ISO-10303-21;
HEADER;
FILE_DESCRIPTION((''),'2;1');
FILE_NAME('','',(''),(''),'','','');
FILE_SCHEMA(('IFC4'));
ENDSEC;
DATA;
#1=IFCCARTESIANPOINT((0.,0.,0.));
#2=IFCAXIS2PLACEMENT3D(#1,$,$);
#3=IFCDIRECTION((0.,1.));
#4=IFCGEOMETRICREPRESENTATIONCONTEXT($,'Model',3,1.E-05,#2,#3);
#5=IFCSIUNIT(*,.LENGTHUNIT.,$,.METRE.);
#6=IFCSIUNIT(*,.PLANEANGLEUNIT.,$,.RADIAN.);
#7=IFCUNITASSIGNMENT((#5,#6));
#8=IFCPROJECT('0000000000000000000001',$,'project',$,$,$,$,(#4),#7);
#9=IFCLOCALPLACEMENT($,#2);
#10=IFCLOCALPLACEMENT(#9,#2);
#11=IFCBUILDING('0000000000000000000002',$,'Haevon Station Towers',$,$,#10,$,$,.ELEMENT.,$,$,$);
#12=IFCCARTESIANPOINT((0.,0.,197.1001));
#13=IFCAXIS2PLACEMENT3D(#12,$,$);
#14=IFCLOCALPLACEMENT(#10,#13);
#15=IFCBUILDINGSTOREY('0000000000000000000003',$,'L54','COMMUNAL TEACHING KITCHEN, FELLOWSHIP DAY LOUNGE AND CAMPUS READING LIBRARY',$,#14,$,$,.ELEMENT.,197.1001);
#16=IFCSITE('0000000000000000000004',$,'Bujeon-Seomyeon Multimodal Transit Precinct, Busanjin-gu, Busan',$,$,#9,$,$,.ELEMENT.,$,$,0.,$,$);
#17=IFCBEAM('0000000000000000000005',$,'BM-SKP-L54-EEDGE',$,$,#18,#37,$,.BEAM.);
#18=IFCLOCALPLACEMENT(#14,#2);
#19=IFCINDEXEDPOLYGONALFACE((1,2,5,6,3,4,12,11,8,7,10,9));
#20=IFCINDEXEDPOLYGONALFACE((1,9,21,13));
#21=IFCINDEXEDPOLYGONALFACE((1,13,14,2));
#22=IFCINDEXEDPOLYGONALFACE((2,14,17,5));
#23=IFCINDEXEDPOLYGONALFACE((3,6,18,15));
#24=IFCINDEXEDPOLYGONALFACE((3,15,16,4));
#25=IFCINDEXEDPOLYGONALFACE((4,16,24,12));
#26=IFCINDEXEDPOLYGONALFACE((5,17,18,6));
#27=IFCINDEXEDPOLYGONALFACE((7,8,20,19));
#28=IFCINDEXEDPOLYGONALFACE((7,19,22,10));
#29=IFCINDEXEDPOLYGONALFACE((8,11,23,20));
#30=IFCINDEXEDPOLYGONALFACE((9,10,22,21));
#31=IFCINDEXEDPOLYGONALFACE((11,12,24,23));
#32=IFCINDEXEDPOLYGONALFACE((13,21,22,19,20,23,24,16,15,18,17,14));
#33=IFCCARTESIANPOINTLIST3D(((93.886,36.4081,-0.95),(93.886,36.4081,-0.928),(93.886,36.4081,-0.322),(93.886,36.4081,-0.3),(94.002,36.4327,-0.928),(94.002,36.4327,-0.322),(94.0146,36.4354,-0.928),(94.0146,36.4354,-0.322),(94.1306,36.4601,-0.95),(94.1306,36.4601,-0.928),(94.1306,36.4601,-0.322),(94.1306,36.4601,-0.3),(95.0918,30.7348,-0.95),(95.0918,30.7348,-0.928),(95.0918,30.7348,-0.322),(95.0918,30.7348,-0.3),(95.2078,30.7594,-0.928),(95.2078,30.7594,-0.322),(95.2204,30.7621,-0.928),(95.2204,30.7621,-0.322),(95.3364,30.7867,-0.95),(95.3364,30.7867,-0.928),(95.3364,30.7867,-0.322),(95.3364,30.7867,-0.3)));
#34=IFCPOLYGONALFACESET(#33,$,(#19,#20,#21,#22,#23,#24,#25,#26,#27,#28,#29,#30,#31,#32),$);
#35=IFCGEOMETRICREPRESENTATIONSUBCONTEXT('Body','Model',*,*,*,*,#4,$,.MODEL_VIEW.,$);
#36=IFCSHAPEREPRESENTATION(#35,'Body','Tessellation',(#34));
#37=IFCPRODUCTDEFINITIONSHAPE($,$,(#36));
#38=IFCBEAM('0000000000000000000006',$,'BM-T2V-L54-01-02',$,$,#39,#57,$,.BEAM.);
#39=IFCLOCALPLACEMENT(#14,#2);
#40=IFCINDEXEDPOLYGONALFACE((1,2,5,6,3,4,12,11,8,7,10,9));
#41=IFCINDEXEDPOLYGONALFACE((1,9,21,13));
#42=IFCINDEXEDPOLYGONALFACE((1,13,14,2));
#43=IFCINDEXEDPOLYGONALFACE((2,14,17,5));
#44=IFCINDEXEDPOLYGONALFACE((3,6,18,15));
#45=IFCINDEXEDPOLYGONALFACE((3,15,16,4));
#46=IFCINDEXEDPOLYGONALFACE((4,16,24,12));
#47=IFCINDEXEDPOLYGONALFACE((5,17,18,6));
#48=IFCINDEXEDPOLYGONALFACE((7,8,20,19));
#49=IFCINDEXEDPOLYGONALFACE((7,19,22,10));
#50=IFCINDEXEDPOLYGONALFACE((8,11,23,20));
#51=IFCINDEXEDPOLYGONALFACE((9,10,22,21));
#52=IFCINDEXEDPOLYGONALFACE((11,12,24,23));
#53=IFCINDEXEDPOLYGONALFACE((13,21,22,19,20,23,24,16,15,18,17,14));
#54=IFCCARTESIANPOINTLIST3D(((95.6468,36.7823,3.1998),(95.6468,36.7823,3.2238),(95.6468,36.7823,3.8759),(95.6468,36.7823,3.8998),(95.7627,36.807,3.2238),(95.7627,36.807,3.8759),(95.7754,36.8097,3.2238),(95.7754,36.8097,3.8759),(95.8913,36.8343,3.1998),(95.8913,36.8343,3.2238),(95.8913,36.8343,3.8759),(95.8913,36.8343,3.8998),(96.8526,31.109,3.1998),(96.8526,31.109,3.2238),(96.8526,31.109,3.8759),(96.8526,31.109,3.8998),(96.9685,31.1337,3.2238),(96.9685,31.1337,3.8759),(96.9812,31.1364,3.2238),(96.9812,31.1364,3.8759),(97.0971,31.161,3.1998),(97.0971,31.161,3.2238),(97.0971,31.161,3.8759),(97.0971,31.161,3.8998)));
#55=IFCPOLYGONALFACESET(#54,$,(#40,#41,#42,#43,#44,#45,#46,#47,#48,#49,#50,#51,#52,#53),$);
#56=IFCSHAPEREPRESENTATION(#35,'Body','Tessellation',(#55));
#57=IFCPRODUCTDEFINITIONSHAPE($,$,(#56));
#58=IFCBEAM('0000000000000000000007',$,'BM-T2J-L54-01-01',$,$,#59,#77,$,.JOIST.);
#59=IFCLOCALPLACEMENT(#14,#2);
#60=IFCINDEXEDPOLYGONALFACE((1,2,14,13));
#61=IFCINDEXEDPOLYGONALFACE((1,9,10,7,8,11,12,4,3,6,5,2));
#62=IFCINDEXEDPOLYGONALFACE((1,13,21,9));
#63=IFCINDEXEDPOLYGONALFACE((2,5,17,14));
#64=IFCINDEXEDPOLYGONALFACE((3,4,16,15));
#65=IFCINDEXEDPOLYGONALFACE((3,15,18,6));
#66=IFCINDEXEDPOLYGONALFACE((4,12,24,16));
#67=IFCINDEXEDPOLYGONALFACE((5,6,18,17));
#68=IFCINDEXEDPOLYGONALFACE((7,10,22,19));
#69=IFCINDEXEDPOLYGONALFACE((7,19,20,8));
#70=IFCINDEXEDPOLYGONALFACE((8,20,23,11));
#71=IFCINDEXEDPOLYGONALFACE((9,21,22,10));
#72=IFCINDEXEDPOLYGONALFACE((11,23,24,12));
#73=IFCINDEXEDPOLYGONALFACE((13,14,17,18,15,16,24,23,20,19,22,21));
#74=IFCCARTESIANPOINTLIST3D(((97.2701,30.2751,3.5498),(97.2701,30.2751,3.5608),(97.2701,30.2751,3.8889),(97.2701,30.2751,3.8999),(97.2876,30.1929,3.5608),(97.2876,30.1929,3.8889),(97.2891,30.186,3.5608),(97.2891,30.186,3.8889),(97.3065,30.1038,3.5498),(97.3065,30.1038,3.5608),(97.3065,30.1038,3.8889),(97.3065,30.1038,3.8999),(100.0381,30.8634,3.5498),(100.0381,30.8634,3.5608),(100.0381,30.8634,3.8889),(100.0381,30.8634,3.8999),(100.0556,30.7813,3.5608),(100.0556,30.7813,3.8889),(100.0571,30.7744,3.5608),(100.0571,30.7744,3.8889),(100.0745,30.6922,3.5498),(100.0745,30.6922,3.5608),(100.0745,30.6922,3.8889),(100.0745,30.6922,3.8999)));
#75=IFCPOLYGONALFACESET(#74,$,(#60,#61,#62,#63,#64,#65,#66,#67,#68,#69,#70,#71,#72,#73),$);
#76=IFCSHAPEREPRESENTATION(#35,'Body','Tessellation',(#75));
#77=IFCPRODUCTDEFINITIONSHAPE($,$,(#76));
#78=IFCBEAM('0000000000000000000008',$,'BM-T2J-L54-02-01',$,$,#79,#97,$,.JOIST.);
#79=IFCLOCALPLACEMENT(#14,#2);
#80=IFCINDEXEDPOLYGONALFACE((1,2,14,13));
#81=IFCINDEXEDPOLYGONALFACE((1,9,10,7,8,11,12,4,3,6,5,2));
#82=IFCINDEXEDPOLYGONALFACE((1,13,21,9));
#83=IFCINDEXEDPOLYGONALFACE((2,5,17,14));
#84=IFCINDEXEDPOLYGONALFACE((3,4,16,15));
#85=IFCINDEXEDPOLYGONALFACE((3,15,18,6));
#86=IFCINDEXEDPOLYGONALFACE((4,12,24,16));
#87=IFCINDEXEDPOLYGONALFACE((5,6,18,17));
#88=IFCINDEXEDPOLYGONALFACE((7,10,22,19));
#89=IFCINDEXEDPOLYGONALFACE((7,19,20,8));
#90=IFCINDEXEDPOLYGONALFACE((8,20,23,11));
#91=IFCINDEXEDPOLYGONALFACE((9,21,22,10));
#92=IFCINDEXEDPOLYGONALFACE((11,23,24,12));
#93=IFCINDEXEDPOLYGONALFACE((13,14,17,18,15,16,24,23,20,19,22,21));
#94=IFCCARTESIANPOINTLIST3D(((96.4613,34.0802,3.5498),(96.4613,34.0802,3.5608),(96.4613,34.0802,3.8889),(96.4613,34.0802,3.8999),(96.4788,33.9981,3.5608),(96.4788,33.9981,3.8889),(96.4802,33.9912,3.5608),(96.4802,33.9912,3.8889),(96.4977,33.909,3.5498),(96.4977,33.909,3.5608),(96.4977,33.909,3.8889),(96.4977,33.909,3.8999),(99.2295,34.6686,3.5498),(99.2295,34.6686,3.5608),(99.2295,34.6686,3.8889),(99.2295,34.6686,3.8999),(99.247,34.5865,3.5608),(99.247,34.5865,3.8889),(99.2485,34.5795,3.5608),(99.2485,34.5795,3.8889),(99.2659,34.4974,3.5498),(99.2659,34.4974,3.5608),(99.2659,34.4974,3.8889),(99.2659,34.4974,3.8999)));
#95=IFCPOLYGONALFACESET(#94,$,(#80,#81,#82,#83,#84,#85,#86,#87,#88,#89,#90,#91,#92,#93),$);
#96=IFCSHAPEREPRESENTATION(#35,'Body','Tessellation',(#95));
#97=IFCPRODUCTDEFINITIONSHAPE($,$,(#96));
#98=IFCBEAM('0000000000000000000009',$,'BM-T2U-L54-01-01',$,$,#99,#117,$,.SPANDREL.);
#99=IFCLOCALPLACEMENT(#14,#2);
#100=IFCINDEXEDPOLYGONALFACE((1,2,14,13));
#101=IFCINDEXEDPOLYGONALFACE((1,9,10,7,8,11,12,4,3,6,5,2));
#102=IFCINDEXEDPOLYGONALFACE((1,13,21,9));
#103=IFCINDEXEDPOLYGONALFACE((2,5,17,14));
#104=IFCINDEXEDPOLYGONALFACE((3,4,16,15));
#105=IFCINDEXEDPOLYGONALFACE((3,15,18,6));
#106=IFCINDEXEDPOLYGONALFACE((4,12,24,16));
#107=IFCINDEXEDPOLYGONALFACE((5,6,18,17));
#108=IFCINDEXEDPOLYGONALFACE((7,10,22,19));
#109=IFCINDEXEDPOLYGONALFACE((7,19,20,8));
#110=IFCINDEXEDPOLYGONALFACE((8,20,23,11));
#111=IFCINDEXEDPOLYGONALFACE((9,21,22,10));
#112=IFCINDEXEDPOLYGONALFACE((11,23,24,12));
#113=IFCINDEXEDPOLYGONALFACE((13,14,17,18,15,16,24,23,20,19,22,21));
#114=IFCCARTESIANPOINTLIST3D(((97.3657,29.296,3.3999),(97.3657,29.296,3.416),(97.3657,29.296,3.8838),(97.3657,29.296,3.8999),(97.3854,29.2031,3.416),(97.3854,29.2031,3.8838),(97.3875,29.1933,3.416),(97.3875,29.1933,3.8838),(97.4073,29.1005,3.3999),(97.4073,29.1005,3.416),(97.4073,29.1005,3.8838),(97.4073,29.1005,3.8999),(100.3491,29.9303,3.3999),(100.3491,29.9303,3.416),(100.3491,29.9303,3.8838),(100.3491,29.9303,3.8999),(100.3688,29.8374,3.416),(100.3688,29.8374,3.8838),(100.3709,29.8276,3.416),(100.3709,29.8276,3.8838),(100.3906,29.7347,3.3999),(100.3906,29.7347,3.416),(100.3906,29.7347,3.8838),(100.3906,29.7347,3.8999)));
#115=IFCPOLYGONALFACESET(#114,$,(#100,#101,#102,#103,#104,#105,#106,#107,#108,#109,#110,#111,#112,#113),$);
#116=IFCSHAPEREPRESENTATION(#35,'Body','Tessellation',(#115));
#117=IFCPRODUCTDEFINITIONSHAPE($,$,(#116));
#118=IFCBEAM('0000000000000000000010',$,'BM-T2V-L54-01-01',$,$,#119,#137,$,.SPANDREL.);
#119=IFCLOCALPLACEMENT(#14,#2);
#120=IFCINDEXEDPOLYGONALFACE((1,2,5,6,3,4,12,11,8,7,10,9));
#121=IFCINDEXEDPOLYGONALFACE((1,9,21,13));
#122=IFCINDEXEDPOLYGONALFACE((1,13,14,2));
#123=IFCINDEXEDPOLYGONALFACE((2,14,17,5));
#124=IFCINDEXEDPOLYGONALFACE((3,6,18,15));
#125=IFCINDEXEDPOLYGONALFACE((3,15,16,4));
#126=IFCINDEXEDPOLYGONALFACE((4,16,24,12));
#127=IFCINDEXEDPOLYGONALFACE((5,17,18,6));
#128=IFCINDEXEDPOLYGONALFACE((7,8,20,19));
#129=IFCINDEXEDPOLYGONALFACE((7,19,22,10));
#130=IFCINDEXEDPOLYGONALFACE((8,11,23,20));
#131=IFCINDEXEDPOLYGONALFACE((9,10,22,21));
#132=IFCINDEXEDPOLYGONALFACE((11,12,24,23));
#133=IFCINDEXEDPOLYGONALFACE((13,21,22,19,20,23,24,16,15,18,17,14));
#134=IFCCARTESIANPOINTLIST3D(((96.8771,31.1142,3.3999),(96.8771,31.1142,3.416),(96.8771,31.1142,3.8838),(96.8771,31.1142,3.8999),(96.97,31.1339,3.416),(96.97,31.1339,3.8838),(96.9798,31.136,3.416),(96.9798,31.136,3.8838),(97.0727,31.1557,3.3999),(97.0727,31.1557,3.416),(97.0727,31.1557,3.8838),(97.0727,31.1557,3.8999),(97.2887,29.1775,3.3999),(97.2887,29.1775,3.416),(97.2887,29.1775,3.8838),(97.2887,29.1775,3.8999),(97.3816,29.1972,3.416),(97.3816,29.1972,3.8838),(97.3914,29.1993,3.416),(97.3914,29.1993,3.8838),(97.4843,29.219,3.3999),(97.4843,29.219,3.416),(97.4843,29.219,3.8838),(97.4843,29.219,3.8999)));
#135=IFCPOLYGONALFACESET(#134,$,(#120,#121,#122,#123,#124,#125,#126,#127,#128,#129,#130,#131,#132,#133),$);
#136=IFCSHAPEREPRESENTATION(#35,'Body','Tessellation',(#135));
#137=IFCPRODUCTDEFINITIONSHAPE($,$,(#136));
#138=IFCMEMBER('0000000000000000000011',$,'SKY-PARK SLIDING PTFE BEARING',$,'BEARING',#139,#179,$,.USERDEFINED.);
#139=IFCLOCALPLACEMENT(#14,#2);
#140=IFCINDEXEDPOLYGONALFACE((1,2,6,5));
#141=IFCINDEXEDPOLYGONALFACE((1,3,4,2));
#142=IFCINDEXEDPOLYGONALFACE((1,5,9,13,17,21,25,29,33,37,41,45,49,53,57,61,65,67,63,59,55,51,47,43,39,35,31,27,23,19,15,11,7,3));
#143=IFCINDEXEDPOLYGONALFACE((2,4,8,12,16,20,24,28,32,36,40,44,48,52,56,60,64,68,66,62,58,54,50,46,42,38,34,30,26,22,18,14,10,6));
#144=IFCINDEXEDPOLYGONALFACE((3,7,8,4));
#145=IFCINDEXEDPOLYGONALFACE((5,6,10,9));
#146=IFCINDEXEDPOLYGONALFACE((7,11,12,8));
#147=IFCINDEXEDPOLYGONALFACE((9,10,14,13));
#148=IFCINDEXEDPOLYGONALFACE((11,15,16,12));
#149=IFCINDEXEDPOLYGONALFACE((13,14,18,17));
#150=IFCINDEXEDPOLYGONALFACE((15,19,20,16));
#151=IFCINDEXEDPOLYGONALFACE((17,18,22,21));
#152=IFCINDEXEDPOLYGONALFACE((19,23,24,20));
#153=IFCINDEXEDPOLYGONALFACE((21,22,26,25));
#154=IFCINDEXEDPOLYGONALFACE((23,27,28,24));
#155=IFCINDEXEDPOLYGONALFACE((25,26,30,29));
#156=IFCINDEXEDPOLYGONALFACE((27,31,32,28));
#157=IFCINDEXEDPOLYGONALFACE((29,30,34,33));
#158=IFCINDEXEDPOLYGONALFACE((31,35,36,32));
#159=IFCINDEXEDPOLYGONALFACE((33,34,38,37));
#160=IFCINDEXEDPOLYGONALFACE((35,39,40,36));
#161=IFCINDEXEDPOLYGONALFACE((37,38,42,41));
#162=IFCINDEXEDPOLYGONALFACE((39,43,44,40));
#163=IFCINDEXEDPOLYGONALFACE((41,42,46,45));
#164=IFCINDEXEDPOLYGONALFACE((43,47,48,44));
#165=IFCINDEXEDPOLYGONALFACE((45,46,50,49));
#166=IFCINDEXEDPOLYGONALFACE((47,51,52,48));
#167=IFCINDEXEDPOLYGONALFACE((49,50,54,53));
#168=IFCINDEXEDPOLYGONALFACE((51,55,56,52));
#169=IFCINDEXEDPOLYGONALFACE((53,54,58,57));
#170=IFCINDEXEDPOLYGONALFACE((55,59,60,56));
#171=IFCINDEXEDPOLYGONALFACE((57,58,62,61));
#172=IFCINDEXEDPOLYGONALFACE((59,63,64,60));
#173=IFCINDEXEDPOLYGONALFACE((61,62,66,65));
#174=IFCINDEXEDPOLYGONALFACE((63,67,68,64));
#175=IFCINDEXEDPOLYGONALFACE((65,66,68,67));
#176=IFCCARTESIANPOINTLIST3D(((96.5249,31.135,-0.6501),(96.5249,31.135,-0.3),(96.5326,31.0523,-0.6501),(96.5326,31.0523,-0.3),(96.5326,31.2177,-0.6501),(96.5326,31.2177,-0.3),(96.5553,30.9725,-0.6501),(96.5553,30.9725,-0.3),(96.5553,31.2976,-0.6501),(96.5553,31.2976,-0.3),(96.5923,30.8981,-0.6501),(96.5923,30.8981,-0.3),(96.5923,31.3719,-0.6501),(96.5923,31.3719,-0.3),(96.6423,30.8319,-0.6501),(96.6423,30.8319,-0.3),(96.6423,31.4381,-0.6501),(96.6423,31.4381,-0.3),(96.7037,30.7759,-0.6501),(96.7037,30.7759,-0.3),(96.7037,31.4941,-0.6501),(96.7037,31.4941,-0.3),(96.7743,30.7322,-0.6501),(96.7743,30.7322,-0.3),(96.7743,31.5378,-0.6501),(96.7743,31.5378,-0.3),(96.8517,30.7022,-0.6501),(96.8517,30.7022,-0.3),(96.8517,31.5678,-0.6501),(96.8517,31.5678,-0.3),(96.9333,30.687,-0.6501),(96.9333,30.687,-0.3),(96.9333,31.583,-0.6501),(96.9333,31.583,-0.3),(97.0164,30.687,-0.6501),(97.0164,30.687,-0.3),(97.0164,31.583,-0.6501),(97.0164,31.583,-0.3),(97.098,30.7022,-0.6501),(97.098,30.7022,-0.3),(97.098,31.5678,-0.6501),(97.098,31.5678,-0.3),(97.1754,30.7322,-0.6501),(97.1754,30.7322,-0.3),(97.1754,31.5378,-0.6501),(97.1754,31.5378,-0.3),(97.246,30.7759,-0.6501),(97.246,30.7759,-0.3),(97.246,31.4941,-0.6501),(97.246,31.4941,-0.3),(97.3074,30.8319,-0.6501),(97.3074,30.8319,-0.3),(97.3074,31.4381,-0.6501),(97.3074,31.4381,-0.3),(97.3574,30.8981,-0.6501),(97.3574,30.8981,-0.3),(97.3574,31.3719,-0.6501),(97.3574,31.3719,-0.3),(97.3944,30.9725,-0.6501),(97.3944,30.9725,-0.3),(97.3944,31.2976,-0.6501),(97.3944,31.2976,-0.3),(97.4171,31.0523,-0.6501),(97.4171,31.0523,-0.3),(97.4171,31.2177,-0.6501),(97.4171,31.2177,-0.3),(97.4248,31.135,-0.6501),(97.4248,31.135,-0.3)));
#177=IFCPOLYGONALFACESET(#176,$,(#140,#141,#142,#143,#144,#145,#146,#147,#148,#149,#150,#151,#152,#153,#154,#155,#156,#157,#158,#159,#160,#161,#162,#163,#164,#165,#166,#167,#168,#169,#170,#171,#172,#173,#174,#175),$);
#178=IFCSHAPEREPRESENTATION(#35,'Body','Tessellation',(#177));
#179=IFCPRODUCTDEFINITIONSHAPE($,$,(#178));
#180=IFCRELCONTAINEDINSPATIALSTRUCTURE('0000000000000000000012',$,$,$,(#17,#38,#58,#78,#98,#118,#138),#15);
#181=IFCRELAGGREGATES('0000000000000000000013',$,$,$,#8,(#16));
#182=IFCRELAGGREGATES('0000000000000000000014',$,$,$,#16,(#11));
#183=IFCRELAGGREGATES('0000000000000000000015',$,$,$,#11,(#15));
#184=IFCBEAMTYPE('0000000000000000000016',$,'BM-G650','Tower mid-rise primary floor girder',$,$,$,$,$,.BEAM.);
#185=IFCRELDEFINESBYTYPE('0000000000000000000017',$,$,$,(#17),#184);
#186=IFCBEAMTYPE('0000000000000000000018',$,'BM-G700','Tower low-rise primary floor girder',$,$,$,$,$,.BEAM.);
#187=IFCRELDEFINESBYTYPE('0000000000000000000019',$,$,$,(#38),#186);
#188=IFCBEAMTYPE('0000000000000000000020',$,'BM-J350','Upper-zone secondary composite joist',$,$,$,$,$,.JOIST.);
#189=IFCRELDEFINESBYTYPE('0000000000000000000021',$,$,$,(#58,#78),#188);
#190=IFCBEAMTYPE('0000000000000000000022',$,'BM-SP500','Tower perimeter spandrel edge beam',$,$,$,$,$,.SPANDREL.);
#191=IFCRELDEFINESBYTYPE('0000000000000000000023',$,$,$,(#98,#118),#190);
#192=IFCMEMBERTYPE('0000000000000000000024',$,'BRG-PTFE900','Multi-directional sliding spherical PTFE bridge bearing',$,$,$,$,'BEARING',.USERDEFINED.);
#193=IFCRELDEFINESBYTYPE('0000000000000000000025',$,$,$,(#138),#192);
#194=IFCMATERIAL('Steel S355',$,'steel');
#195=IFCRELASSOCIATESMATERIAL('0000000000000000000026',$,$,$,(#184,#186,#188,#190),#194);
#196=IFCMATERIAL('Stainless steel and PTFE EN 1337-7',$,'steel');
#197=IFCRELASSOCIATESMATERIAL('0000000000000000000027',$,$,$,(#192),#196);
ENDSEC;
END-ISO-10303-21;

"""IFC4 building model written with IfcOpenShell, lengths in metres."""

from ifc_helpers import new_model, si_unit, direction, frame, origin, origin_2d, place, context, subcontext, project, spatial, circle, i_section, extrude, material, material_profile, profile_set, type_object, element, save


model = new_model("IFC4")

# Units and contexts
model_context = context("Model", 3, precision=1e-05, world=origin(), true_north=direction((0.0, 1.0)))
body_context = subcontext(model_context, "Body", "Model", "MODEL_VIEW")
ifc_project = project(units=[si_unit("LENGTHUNIT", "METRE"), si_unit("PLANEANGLEUNIT", "RADIAN")], contexts=[model_context])

# Site, building, storey
site_placement = place(None, origin())
site = spatial("IfcSite", under=ifc_project, at=site_placement, Name="Bujeon-Seomyeon Multimodal Transit Precinct, Busanjin-gu, Busan", CompositionType="ELEMENT", RefElevation=0.0)
building_placement = place(site_placement, origin())
building = spatial("IfcBuilding", under=site, at=building_placement, Name="Haevon Station Towers", CompositionType="ELEMENT")
storey_placement = place(building_placement, frame((0.0, 0.0, 197.1001)))
storey = spatial("IfcBuildingStorey", under=building, at=storey_placement, Name="L54", Description="COMMUNAL TEACHING KITCHEN, FELLOWSHIP DAY LOUNGE AND CAMPUS READING LIBRARY", CompositionType="ELEMENT", Elevation=197.1001)

# Shared definitions
ifc_material_1 = material(Name="Steel S355", Category="steel")

# Beams
ifc_material_profile_1 = material_profile(ifc_material_1, i_section(OverallWidth=0.25, OverallDepth=0.6499, WebThickness=0.0129, FlangeThickness=0.022, at=origin_2d()), Name="H-650x250x13x22")
ifc_profile_set_1 = profile_set([ifc_material_profile_1], Name="Steel S355")
beam_type_1 = type_object("IfcBeamType", Name="BM-G650", Description="Tower mid-rise primary floor girder", PredefinedType="BEAM", material=ifc_profile_set_1)
beam_1_placement = place(storey_placement, frame((95.2141, 30.7607, -0.625), z_axis=(-0.207896, 0.978151, 0.0), x_axis=(-0.978151, -0.207896, 0.0)))
element("IfcBeam", 1, at=beam_1_placement, inside=storey, type_object=beam_type_1, Name="BM-SKP-L54-EEDGE", PredefinedType="BEAM", context=body_context, shape_type="SweptSolid", body=[
    extrude(i_section(OverallWidth=0.25, OverallDepth=0.6499, WebThickness=0.0129, FlangeThickness=0.022, at=origin_2d()), origin(), (0.0, 0.0, 1.0), 5.8),
])
ifc_material_profile_2 = material_profile(ifc_material_1, i_section(OverallWidth=0.25, OverallDepth=0.7, WebThickness=0.0129, FlangeThickness=0.0239, at=origin_2d()), Name="H-700x250x13x24")
ifc_profile_set_2 = profile_set([ifc_material_profile_2], Name="Steel S355")
beam_type_2 = type_object("IfcBeamType", Name="BM-G700", Description="Tower low-rise primary floor girder", PredefinedType="BEAM", material=ifc_profile_set_2)
beam_2_placement = place(storey_placement, frame((96.9749, 31.135, 3.5498), z_axis=(-0.207896, 0.978151, 0.0), x_axis=(-0.978151, -0.207896, 0.0)))
element("IfcBeam", 2, at=beam_2_placement, inside=storey, type_object=beam_type_2, Name="BM-T2V-L54-01-02", PredefinedType="BEAM", context=body_context, shape_type="SweptSolid", body=[
    extrude(i_section(OverallWidth=0.25, OverallDepth=0.7, WebThickness=0.0129, FlangeThickness=0.0239, at=origin_2d()), origin(), (0.0, 0.0, 1.0), 5.8),
])
ifc_material_profile_3 = material_profile(ifc_material_1, i_section(OverallWidth=0.175, OverallDepth=0.3501, WebThickness=0.0071, FlangeThickness=0.011, at=origin_2d()), Name="H-350x175x7x11")
ifc_profile_set_3 = profile_set([ifc_material_profile_3], Name="Steel S355")
beam_type_3 = type_object("IfcBeamType", Name="BM-J350", Description="Upper-zone secondary composite joist", PredefinedType="JOIST", material=ifc_profile_set_3)
beam_3_placement = place(storey_placement, frame((97.2883, 30.1895, 3.7249), z_axis=(0.978147, 0.207914, 0.0), x_axis=(-0.207914, 0.978147, 0.0)))
element("IfcBeam", 3, at=beam_3_placement, inside=storey, type_object=beam_type_3, Name="BM-T2J-L54-01-01", PredefinedType="JOIST", context=body_context, shape_type="SweptSolid", body=[
    extrude(i_section(OverallWidth=0.175, OverallDepth=0.3501, WebThickness=0.0071, FlangeThickness=0.011, at=origin_2d()), origin(), (0.0, 0.0, 1.0), 2.8298),
])
beam_4_placement = place(storey_placement, frame((96.4795, 33.9946, 3.7249), z_axis=(0.978151, 0.207897, 0.0), x_axis=(-0.207897, 0.978151, 0.0)))
element("IfcBeam", 4, at=beam_4_placement, inside=storey, type_object=beam_type_3, Name="BM-T2J-L54-02-01", PredefinedType="JOIST", context=body_context, shape_type="SweptSolid", body=[
    extrude(i_section(OverallWidth=0.175, OverallDepth=0.3501, WebThickness=0.0071, FlangeThickness=0.011, at=origin_2d()), origin(), (0.0, 0.0, 1.0), 2.8301),
])
ifc_material_profile_4 = material_profile(ifc_material_1, i_section(OverallWidth=0.2, OverallDepth=0.5, WebThickness=0.01, FlangeThickness=0.0161, at=origin_2d()), Name="H-500x200x10x16")
ifc_profile_set_4 = profile_set([ifc_material_profile_4], Name="Steel S355")
beam_type_4 = type_object("IfcBeamType", Name="BM-SP500", Description="Tower perimeter spandrel edge beam", PredefinedType="SPANDREL", material=ifc_profile_set_4)
beam_5_placement = place(storey_placement, frame((97.3865, 29.1982, 3.6499), z_axis=(0.978139, 0.207954, 0.0), x_axis=(-0.207954, 0.978139, 0.0)))
element("IfcBeam", 5, at=beam_5_placement, inside=storey, type_object=beam_type_4, Name="BM-T2U-L54-01-01", PredefinedType="SPANDREL", context=body_context, shape_type="SweptSolid", body=[
    extrude(i_section(OverallWidth=0.2, OverallDepth=0.5, WebThickness=0.01, FlangeThickness=0.0161, at=origin_2d()), origin(), (0.0, 0.0, 1.0), 3.05),
])
beam_6_placement = place(storey_placement, frame((97.3865, 29.1982, 3.6499), z_axis=(-0.207887, 0.978153, 0.0), x_axis=(-0.978153, -0.207887, 0.0)))
element("IfcBeam", 6, at=beam_6_placement, inside=storey, type_object=beam_type_4, Name="BM-T2V-L54-01-01", PredefinedType="SPANDREL", context=body_context, shape_type="SweptSolid", body=[
    extrude(i_section(OverallWidth=0.2, OverallDepth=0.5, WebThickness=0.01, FlangeThickness=0.0161, at=origin_2d()), origin(), (0.0, 0.0, 1.0), 1.98),
])

# Member
ifc_material_2 = material(Name="Stainless steel and PTFE EN 1337-7", Category="steel")
ifc_material_profile_5 = material_profile(ifc_material_2, circle(Radius=0.45, at=origin_2d()), Name="PTFE-BEARING-D900")
ifc_profile_set_5 = profile_set([ifc_material_profile_5], Name="Stainless steel and PTFE EN 1337-7")
member_type_1 = type_object("IfcMemberType", Name="BRG-PTFE900", Description="Multi-directional sliding spherical PTFE bridge bearing", ElementType="BEARING", PredefinedType="USERDEFINED", material=ifc_profile_set_5)
member_1_placement = place(storey_placement, frame((96.9749, 31.135, -0.6501), z_axis=(0.0, 0.0, 1.0), x_axis=(1.0, 0.0, 0.0)))
element("IfcMember", 7, at=member_1_placement, inside=storey, type_object=member_type_1, Name="SKY-PARK SLIDING PTFE BEARING", ObjectType="BEARING", PredefinedType="USERDEFINED", context=body_context, shape_type="SweptSolid", body=[
    extrude(circle(Radius=0.45, at=origin_2d()), origin(), (0.0, 0.0, 1.0), 0.3501),
])

save(model, "model.ifc")
